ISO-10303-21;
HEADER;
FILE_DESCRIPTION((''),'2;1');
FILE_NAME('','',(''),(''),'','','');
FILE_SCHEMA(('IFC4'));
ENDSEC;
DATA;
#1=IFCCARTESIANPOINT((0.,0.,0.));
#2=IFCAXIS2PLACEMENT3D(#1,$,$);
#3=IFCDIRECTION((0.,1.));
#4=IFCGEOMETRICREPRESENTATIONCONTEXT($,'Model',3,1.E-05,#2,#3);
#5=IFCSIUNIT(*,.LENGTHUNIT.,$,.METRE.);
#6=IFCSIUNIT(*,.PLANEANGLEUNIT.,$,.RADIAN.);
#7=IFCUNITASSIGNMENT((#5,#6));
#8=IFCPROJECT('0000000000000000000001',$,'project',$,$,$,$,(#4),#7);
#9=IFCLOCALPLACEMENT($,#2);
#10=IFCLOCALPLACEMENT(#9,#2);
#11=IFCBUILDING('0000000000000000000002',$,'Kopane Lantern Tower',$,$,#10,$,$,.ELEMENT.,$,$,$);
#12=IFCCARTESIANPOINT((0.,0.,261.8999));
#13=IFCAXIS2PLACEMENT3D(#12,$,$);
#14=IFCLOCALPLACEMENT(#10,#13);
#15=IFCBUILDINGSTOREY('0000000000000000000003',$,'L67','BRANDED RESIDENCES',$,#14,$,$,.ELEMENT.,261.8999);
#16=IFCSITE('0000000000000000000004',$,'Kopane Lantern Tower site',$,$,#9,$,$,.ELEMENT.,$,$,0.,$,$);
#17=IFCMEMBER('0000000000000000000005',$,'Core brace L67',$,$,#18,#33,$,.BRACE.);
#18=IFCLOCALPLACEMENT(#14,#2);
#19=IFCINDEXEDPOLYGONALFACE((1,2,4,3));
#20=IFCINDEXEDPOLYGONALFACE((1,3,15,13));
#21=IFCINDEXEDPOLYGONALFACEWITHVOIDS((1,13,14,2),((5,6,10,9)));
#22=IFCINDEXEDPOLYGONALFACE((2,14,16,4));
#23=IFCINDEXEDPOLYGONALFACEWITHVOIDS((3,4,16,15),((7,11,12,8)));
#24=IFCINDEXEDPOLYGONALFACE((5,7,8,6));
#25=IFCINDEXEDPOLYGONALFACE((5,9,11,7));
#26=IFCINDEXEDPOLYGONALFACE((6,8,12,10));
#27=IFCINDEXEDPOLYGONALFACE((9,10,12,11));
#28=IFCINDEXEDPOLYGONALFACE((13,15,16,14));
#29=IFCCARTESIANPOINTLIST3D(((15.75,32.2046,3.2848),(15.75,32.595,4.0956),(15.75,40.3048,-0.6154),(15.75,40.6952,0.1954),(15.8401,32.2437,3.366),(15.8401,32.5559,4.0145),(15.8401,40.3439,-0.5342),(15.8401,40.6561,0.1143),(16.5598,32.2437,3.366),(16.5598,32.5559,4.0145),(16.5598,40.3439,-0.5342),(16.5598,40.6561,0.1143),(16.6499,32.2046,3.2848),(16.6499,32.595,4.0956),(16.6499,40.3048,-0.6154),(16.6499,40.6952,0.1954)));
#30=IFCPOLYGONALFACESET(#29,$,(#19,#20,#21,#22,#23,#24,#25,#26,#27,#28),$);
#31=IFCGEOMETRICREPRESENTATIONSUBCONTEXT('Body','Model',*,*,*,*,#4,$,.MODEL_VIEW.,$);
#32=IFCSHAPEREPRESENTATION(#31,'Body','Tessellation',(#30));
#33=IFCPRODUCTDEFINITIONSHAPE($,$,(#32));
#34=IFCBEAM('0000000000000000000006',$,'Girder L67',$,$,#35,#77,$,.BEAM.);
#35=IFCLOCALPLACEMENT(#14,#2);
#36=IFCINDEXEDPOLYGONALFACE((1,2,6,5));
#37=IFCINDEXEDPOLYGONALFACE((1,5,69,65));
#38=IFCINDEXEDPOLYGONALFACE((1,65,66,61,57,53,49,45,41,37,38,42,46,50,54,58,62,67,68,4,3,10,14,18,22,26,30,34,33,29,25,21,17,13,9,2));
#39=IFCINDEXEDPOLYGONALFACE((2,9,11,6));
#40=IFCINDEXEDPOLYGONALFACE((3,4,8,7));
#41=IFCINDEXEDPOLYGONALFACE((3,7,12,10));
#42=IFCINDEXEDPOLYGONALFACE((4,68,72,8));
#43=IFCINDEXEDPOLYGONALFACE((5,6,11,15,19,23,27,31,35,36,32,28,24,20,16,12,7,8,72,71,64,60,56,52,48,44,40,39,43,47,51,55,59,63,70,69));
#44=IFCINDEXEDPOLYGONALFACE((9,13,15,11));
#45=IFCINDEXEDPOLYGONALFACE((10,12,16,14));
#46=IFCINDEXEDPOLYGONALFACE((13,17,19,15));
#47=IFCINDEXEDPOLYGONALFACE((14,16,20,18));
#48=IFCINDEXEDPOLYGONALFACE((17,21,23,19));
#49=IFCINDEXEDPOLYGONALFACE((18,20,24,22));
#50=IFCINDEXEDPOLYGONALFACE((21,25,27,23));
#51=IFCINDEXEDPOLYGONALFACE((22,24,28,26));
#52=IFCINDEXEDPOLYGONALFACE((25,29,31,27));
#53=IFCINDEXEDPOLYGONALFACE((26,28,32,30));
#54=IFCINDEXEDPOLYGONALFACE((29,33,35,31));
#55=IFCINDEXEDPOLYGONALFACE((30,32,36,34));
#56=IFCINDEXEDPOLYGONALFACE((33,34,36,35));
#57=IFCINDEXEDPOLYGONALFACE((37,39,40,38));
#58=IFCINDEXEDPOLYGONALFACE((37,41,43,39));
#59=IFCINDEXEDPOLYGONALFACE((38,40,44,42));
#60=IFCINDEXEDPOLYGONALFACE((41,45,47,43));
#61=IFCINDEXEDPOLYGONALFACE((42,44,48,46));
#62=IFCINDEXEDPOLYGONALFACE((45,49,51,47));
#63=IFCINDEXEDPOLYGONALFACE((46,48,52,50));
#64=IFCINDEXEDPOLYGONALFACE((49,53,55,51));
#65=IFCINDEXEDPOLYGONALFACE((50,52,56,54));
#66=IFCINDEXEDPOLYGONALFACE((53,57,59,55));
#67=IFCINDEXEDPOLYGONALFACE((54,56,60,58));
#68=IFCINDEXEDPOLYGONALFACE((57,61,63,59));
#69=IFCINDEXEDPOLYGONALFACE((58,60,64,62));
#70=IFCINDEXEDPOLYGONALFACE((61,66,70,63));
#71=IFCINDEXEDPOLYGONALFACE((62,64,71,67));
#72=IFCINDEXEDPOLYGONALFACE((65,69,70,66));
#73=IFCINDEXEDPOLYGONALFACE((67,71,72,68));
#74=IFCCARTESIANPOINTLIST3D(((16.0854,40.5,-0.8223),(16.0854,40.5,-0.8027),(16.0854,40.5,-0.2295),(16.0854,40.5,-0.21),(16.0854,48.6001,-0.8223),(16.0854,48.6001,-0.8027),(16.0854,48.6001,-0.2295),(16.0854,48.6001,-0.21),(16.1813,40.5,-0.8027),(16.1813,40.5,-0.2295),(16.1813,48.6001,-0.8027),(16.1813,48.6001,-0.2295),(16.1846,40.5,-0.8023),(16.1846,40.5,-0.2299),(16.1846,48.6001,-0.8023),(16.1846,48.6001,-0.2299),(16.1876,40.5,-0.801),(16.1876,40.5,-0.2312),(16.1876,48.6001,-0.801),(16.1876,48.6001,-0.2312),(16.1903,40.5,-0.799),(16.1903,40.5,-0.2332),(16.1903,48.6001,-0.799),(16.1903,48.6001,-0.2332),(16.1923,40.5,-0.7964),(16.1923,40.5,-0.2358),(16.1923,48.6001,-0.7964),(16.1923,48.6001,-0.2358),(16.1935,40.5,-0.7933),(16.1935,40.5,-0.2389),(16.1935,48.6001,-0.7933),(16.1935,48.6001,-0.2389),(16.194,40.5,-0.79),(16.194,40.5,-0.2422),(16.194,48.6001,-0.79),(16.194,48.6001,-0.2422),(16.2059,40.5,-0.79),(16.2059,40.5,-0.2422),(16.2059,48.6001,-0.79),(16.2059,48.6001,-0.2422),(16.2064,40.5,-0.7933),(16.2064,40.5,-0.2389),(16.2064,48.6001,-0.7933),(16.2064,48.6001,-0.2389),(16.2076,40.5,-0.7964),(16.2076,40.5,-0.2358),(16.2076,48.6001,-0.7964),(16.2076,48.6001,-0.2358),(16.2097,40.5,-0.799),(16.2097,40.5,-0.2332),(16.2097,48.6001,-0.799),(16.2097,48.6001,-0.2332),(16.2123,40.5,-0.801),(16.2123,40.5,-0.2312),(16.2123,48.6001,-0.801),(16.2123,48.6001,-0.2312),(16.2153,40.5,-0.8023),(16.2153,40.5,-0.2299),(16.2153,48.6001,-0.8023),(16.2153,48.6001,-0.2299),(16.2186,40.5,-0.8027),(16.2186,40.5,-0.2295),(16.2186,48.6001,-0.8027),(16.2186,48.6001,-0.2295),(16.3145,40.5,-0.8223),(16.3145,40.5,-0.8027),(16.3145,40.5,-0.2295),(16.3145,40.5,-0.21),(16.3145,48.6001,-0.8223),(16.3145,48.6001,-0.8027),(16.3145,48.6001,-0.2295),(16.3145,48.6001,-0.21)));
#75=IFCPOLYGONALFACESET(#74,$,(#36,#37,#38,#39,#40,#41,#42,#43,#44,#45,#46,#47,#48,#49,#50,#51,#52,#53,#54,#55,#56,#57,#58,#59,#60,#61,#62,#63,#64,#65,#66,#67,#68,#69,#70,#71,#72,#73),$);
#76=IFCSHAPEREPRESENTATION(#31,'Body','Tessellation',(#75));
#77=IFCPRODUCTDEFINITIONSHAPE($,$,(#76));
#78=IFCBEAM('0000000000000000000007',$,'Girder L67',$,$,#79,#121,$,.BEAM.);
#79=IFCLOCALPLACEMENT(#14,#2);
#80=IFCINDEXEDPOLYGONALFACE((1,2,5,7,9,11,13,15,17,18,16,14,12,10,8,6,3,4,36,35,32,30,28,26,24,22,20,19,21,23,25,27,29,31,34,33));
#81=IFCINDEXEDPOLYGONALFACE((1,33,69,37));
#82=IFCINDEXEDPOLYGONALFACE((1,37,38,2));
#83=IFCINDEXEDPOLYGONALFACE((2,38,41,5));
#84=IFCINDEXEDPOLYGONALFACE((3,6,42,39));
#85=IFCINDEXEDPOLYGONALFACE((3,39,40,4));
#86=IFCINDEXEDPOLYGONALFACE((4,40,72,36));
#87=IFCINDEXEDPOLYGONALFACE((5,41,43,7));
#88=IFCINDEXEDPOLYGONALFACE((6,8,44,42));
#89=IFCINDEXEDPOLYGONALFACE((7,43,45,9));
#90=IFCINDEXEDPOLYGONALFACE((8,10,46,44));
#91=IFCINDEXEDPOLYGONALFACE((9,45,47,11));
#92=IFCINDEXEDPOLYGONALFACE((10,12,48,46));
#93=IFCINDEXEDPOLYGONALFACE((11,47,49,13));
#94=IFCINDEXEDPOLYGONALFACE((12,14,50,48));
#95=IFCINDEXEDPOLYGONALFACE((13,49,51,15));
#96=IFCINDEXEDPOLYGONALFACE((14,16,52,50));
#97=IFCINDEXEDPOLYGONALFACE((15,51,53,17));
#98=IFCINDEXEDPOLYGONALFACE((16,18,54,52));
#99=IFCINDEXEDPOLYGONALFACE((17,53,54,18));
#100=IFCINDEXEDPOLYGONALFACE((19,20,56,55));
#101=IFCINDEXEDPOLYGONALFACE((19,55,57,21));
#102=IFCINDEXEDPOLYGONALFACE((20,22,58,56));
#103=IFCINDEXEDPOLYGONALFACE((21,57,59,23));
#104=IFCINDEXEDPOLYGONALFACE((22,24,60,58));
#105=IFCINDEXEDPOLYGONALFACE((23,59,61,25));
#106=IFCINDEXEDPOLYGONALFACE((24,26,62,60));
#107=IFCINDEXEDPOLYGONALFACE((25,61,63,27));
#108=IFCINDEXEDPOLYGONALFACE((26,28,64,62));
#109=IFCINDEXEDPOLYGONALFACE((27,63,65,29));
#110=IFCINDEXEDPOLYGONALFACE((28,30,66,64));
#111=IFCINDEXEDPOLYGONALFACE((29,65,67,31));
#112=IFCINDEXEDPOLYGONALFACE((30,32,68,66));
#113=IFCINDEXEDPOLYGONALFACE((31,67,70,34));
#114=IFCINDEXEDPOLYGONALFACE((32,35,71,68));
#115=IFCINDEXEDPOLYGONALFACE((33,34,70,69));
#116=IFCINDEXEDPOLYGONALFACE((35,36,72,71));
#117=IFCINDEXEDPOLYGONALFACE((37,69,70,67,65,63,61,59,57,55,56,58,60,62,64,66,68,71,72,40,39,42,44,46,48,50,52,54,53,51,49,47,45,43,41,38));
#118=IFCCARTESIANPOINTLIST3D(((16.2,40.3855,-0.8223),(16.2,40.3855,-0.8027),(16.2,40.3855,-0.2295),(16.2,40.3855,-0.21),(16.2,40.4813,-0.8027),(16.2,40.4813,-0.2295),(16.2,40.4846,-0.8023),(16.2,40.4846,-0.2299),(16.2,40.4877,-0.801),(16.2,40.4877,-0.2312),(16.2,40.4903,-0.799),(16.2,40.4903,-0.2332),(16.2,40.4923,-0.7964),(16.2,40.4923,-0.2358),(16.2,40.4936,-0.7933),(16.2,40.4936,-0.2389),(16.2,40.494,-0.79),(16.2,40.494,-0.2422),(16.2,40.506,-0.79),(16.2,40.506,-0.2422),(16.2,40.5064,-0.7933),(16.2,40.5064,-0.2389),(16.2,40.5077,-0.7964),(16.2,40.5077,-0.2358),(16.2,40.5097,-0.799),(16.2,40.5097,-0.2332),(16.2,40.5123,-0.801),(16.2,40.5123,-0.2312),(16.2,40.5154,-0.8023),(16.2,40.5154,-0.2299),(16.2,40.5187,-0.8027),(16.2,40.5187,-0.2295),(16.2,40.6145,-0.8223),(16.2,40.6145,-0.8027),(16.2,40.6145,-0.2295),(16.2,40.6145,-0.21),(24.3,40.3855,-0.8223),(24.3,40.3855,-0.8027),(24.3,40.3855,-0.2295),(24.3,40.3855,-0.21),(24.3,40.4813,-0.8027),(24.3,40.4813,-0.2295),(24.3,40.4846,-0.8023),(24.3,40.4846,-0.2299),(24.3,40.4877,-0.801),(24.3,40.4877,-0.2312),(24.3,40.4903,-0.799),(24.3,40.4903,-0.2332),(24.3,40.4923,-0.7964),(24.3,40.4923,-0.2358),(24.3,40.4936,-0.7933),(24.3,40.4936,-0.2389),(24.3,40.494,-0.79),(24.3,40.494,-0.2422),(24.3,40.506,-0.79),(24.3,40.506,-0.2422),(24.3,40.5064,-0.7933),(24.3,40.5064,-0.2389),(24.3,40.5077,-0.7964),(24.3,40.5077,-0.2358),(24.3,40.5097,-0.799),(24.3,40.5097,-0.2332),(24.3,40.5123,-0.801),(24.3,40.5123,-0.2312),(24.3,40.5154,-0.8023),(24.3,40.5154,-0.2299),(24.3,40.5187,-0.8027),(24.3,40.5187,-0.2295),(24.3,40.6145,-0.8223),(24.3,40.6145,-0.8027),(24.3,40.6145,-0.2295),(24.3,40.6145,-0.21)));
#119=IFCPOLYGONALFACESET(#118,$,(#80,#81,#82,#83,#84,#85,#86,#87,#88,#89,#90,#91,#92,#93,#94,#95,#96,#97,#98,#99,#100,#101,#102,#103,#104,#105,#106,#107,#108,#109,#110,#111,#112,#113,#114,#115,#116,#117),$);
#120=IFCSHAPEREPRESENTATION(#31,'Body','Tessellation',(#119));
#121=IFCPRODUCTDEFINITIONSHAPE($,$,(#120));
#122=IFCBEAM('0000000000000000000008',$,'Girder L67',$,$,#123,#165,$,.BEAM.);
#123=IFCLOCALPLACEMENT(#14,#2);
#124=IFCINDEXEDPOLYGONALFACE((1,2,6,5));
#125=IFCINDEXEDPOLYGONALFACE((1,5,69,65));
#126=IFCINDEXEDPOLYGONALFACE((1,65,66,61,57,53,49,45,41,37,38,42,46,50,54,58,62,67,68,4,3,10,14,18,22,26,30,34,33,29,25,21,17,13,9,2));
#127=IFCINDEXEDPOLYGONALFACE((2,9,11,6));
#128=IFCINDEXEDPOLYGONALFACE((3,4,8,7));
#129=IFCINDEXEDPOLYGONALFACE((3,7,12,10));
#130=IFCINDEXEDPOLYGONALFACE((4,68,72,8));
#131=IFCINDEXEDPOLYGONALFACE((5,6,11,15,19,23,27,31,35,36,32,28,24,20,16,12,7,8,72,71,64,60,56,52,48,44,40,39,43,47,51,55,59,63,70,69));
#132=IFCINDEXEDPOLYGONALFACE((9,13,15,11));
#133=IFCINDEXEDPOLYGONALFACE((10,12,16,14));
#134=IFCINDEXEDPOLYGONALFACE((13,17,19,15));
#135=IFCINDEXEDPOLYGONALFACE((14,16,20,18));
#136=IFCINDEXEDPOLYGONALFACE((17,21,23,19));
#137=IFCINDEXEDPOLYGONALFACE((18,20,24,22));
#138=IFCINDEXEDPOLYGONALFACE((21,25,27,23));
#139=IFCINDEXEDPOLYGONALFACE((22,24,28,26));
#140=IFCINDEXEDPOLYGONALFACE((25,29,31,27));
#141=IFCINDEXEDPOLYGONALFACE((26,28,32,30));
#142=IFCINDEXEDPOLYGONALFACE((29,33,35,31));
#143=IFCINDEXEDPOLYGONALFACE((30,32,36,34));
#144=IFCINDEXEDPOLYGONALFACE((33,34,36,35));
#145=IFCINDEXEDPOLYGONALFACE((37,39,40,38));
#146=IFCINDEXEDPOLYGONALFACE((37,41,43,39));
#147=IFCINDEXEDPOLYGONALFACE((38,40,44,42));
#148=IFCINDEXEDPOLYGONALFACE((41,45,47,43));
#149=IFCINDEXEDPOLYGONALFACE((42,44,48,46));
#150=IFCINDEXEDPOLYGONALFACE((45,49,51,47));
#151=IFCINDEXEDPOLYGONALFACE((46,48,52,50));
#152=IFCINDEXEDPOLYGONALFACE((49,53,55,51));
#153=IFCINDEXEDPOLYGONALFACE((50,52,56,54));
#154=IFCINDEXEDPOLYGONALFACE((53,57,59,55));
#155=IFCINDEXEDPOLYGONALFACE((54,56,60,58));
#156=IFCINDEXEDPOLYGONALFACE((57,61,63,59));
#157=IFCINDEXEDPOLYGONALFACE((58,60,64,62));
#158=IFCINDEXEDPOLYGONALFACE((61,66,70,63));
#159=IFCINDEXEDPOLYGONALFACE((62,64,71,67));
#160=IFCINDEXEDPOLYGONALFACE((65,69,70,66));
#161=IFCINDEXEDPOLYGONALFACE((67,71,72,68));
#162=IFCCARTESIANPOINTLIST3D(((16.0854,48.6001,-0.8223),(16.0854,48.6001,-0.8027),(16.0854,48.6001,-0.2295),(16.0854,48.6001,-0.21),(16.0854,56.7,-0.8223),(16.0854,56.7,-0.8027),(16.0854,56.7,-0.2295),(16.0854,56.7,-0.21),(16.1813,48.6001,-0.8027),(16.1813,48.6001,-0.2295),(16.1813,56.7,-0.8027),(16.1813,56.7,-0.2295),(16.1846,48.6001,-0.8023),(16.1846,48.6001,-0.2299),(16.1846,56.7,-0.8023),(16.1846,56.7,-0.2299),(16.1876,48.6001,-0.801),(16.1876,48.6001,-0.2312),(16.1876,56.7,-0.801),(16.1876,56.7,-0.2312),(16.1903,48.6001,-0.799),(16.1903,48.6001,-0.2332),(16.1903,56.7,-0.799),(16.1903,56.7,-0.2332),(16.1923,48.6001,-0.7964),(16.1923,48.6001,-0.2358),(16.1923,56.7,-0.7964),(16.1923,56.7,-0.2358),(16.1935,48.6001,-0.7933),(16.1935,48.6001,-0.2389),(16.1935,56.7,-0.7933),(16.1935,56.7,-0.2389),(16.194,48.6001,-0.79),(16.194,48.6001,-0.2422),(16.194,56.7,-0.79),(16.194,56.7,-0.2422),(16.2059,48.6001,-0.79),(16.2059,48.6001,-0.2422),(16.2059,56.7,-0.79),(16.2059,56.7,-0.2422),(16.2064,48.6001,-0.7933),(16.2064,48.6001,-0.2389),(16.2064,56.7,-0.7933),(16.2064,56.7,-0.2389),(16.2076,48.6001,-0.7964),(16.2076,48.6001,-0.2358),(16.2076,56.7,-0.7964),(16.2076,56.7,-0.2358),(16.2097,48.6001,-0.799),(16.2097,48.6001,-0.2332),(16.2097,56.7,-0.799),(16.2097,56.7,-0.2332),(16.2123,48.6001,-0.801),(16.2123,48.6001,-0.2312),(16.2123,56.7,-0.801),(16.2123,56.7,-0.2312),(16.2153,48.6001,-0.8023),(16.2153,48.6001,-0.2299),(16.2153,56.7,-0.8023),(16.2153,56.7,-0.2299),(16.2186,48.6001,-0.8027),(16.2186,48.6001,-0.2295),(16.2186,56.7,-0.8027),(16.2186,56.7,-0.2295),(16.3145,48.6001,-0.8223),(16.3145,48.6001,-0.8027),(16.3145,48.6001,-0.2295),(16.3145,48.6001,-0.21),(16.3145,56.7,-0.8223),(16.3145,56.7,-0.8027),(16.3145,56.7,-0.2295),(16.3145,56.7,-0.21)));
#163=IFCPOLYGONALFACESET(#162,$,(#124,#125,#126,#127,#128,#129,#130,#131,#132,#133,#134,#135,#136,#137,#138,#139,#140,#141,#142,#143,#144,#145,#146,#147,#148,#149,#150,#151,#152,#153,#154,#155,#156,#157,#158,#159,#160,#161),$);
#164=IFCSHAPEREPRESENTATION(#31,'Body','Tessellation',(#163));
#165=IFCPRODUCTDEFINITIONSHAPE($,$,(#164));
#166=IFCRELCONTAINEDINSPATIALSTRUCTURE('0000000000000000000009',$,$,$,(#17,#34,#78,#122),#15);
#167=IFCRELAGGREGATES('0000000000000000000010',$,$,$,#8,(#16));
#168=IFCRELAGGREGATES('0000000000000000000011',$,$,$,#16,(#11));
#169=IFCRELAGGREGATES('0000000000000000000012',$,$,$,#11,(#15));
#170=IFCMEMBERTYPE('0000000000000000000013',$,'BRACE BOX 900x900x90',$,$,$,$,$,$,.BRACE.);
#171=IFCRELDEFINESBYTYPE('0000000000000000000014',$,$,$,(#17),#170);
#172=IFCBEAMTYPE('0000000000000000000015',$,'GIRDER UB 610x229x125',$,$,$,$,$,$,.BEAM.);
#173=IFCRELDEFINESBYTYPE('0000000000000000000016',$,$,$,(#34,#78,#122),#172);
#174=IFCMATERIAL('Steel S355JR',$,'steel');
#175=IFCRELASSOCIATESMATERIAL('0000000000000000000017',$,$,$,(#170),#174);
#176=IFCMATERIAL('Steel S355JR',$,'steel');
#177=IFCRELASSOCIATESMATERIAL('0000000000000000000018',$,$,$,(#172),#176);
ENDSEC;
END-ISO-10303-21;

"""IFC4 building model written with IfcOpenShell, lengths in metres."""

from ifc_helpers import new_model, si_unit, direction, frame, origin, origin_2d, place, context, subcontext, project, spatial, hollow_rectangle, i_section, extrude, material, material_profile, profile_set, type_object, element, save


model = new_model("IFC4")

# Units and contexts
model_context = context("Model", 3, precision=1e-05, world=origin(), true_north=direction((0.0, 1.0)))
body_context = subcontext(model_context, "Body", "Model", "MODEL_VIEW")
ifc_project = project(units=[si_unit("LENGTHUNIT", "METRE"), si_unit("PLANEANGLEUNIT", "RADIAN")], contexts=[model_context])

# Site, building, storey
site_placement = place(None, origin())
site = spatial("IfcSite", under=ifc_project, at=site_placement, Name="Kopane Lantern Tower site", CompositionType="ELEMENT", RefElevation=0.0)
building_placement = place(site_placement, origin())
building = spatial("IfcBuilding", under=site, at=building_placement, Name="Kopane Lantern Tower", CompositionType="ELEMENT")
storey_placement = place(building_placement, frame((0.0, 0.0, 261.8999)))
storey = spatial("IfcBuildingStorey", under=building, at=storey_placement, Name="L67", Description="BRANDED RESIDENCES", CompositionType="ELEMENT", Elevation=261.8999)

# Member
ifc_material_1 = material(Name="Steel S355JR", Category="steel")
ifc_material_profile_1 = material_profile(ifc_material_1, hollow_rectangle(XDim=0.8999, YDim=0.8999, WallThickness=0.0901, at=origin_2d()), Name="BOX 900x900x90")
ifc_profile_set_1 = profile_set([ifc_material_profile_1], Name="Steel S355JR")
member_type_1 = type_object("IfcMemberType", Name="BRACE BOX 900x900x90", PredefinedType="BRACE", material=ifc_profile_set_1)
member_1_placement = place(storey_placement, frame((16.2, 40.5, -0.21), z_axis=(0.0, -0.900997, 0.433825), x_axis=(1.0, 0.0, 0.0)))
element("IfcMember", 1, at=member_1_placement, inside=storey, type_object=member_type_1, Name="Core brace L67", PredefinedType="BRACE", context=body_context, shape_type="SweptSolid", body=[
    extrude(hollow_rectangle(XDim=0.8999, YDim=0.8999, WallThickness=0.0901, at=origin_2d()), origin(), (0.0, 0.0, 1.0), 8.9902),
])

# Beams
ifc_material_2 = material(Name="Steel S355JR", Category="steel")
ifc_material_profile_2 = material_profile(ifc_material_2, i_section(OverallWidth=0.229, OverallDepth=0.6123, WebThickness=0.012, FlangeThickness=0.0195, FilletRadius=0.0127, at=origin_2d()), Name="UB 610x229x125")
ifc_profile_set_2 = profile_set([ifc_material_profile_2], Name="Steel S355JR")
beam_type_1 = type_object("IfcBeamType", Name="GIRDER UB 610x229x125", PredefinedType="BEAM", material=ifc_profile_set_2)
for number, where, z_axis, x_axis, name in (
    (2, (16.2, 40.5, -0.5161), (0.0, 1.0, 0.0), (-1.0, 0.0, 0.0), "Girder L67"),
    (3, (16.2, 40.5, -0.5161), (1.0, 0.0, 0.0), (0.0, 1.0, 0.0), "Girder L67"),
):
    element("IfcBeam", number, at=place(storey_placement, frame(where, z_axis=z_axis, x_axis=x_axis)), inside=storey, type_object=beam_type_1, Name=name, PredefinedType="BEAM", context=body_context, shape_type="SweptSolid", body=[
        extrude(i_section(OverallWidth=0.229, OverallDepth=0.6123, WebThickness=0.012, FlangeThickness=0.0195, FilletRadius=0.0127, at=origin_2d()), origin(), (0.0, 0.0, 1.0), 8.1001),
    ])
beam_1_placement = place(storey_placement, frame((16.2, 48.6001, -0.5161), z_axis=(0.0, 1.0, 0.0), x_axis=(-1.0, 0.0, 0.0)))
element("IfcBeam", 4, at=beam_1_placement, inside=storey, type_object=beam_type_1, Name="Girder L67", PredefinedType="BEAM", context=body_context, shape_type="SweptSolid", body=[
    extrude(i_section(OverallWidth=0.229, OverallDepth=0.6123, WebThickness=0.012, FlangeThickness=0.0195, FilletRadius=0.0127, at=origin_2d()), origin(), (0.0, 0.0, 1.0), 8.0999),
])

save(model, "model.ifc")
